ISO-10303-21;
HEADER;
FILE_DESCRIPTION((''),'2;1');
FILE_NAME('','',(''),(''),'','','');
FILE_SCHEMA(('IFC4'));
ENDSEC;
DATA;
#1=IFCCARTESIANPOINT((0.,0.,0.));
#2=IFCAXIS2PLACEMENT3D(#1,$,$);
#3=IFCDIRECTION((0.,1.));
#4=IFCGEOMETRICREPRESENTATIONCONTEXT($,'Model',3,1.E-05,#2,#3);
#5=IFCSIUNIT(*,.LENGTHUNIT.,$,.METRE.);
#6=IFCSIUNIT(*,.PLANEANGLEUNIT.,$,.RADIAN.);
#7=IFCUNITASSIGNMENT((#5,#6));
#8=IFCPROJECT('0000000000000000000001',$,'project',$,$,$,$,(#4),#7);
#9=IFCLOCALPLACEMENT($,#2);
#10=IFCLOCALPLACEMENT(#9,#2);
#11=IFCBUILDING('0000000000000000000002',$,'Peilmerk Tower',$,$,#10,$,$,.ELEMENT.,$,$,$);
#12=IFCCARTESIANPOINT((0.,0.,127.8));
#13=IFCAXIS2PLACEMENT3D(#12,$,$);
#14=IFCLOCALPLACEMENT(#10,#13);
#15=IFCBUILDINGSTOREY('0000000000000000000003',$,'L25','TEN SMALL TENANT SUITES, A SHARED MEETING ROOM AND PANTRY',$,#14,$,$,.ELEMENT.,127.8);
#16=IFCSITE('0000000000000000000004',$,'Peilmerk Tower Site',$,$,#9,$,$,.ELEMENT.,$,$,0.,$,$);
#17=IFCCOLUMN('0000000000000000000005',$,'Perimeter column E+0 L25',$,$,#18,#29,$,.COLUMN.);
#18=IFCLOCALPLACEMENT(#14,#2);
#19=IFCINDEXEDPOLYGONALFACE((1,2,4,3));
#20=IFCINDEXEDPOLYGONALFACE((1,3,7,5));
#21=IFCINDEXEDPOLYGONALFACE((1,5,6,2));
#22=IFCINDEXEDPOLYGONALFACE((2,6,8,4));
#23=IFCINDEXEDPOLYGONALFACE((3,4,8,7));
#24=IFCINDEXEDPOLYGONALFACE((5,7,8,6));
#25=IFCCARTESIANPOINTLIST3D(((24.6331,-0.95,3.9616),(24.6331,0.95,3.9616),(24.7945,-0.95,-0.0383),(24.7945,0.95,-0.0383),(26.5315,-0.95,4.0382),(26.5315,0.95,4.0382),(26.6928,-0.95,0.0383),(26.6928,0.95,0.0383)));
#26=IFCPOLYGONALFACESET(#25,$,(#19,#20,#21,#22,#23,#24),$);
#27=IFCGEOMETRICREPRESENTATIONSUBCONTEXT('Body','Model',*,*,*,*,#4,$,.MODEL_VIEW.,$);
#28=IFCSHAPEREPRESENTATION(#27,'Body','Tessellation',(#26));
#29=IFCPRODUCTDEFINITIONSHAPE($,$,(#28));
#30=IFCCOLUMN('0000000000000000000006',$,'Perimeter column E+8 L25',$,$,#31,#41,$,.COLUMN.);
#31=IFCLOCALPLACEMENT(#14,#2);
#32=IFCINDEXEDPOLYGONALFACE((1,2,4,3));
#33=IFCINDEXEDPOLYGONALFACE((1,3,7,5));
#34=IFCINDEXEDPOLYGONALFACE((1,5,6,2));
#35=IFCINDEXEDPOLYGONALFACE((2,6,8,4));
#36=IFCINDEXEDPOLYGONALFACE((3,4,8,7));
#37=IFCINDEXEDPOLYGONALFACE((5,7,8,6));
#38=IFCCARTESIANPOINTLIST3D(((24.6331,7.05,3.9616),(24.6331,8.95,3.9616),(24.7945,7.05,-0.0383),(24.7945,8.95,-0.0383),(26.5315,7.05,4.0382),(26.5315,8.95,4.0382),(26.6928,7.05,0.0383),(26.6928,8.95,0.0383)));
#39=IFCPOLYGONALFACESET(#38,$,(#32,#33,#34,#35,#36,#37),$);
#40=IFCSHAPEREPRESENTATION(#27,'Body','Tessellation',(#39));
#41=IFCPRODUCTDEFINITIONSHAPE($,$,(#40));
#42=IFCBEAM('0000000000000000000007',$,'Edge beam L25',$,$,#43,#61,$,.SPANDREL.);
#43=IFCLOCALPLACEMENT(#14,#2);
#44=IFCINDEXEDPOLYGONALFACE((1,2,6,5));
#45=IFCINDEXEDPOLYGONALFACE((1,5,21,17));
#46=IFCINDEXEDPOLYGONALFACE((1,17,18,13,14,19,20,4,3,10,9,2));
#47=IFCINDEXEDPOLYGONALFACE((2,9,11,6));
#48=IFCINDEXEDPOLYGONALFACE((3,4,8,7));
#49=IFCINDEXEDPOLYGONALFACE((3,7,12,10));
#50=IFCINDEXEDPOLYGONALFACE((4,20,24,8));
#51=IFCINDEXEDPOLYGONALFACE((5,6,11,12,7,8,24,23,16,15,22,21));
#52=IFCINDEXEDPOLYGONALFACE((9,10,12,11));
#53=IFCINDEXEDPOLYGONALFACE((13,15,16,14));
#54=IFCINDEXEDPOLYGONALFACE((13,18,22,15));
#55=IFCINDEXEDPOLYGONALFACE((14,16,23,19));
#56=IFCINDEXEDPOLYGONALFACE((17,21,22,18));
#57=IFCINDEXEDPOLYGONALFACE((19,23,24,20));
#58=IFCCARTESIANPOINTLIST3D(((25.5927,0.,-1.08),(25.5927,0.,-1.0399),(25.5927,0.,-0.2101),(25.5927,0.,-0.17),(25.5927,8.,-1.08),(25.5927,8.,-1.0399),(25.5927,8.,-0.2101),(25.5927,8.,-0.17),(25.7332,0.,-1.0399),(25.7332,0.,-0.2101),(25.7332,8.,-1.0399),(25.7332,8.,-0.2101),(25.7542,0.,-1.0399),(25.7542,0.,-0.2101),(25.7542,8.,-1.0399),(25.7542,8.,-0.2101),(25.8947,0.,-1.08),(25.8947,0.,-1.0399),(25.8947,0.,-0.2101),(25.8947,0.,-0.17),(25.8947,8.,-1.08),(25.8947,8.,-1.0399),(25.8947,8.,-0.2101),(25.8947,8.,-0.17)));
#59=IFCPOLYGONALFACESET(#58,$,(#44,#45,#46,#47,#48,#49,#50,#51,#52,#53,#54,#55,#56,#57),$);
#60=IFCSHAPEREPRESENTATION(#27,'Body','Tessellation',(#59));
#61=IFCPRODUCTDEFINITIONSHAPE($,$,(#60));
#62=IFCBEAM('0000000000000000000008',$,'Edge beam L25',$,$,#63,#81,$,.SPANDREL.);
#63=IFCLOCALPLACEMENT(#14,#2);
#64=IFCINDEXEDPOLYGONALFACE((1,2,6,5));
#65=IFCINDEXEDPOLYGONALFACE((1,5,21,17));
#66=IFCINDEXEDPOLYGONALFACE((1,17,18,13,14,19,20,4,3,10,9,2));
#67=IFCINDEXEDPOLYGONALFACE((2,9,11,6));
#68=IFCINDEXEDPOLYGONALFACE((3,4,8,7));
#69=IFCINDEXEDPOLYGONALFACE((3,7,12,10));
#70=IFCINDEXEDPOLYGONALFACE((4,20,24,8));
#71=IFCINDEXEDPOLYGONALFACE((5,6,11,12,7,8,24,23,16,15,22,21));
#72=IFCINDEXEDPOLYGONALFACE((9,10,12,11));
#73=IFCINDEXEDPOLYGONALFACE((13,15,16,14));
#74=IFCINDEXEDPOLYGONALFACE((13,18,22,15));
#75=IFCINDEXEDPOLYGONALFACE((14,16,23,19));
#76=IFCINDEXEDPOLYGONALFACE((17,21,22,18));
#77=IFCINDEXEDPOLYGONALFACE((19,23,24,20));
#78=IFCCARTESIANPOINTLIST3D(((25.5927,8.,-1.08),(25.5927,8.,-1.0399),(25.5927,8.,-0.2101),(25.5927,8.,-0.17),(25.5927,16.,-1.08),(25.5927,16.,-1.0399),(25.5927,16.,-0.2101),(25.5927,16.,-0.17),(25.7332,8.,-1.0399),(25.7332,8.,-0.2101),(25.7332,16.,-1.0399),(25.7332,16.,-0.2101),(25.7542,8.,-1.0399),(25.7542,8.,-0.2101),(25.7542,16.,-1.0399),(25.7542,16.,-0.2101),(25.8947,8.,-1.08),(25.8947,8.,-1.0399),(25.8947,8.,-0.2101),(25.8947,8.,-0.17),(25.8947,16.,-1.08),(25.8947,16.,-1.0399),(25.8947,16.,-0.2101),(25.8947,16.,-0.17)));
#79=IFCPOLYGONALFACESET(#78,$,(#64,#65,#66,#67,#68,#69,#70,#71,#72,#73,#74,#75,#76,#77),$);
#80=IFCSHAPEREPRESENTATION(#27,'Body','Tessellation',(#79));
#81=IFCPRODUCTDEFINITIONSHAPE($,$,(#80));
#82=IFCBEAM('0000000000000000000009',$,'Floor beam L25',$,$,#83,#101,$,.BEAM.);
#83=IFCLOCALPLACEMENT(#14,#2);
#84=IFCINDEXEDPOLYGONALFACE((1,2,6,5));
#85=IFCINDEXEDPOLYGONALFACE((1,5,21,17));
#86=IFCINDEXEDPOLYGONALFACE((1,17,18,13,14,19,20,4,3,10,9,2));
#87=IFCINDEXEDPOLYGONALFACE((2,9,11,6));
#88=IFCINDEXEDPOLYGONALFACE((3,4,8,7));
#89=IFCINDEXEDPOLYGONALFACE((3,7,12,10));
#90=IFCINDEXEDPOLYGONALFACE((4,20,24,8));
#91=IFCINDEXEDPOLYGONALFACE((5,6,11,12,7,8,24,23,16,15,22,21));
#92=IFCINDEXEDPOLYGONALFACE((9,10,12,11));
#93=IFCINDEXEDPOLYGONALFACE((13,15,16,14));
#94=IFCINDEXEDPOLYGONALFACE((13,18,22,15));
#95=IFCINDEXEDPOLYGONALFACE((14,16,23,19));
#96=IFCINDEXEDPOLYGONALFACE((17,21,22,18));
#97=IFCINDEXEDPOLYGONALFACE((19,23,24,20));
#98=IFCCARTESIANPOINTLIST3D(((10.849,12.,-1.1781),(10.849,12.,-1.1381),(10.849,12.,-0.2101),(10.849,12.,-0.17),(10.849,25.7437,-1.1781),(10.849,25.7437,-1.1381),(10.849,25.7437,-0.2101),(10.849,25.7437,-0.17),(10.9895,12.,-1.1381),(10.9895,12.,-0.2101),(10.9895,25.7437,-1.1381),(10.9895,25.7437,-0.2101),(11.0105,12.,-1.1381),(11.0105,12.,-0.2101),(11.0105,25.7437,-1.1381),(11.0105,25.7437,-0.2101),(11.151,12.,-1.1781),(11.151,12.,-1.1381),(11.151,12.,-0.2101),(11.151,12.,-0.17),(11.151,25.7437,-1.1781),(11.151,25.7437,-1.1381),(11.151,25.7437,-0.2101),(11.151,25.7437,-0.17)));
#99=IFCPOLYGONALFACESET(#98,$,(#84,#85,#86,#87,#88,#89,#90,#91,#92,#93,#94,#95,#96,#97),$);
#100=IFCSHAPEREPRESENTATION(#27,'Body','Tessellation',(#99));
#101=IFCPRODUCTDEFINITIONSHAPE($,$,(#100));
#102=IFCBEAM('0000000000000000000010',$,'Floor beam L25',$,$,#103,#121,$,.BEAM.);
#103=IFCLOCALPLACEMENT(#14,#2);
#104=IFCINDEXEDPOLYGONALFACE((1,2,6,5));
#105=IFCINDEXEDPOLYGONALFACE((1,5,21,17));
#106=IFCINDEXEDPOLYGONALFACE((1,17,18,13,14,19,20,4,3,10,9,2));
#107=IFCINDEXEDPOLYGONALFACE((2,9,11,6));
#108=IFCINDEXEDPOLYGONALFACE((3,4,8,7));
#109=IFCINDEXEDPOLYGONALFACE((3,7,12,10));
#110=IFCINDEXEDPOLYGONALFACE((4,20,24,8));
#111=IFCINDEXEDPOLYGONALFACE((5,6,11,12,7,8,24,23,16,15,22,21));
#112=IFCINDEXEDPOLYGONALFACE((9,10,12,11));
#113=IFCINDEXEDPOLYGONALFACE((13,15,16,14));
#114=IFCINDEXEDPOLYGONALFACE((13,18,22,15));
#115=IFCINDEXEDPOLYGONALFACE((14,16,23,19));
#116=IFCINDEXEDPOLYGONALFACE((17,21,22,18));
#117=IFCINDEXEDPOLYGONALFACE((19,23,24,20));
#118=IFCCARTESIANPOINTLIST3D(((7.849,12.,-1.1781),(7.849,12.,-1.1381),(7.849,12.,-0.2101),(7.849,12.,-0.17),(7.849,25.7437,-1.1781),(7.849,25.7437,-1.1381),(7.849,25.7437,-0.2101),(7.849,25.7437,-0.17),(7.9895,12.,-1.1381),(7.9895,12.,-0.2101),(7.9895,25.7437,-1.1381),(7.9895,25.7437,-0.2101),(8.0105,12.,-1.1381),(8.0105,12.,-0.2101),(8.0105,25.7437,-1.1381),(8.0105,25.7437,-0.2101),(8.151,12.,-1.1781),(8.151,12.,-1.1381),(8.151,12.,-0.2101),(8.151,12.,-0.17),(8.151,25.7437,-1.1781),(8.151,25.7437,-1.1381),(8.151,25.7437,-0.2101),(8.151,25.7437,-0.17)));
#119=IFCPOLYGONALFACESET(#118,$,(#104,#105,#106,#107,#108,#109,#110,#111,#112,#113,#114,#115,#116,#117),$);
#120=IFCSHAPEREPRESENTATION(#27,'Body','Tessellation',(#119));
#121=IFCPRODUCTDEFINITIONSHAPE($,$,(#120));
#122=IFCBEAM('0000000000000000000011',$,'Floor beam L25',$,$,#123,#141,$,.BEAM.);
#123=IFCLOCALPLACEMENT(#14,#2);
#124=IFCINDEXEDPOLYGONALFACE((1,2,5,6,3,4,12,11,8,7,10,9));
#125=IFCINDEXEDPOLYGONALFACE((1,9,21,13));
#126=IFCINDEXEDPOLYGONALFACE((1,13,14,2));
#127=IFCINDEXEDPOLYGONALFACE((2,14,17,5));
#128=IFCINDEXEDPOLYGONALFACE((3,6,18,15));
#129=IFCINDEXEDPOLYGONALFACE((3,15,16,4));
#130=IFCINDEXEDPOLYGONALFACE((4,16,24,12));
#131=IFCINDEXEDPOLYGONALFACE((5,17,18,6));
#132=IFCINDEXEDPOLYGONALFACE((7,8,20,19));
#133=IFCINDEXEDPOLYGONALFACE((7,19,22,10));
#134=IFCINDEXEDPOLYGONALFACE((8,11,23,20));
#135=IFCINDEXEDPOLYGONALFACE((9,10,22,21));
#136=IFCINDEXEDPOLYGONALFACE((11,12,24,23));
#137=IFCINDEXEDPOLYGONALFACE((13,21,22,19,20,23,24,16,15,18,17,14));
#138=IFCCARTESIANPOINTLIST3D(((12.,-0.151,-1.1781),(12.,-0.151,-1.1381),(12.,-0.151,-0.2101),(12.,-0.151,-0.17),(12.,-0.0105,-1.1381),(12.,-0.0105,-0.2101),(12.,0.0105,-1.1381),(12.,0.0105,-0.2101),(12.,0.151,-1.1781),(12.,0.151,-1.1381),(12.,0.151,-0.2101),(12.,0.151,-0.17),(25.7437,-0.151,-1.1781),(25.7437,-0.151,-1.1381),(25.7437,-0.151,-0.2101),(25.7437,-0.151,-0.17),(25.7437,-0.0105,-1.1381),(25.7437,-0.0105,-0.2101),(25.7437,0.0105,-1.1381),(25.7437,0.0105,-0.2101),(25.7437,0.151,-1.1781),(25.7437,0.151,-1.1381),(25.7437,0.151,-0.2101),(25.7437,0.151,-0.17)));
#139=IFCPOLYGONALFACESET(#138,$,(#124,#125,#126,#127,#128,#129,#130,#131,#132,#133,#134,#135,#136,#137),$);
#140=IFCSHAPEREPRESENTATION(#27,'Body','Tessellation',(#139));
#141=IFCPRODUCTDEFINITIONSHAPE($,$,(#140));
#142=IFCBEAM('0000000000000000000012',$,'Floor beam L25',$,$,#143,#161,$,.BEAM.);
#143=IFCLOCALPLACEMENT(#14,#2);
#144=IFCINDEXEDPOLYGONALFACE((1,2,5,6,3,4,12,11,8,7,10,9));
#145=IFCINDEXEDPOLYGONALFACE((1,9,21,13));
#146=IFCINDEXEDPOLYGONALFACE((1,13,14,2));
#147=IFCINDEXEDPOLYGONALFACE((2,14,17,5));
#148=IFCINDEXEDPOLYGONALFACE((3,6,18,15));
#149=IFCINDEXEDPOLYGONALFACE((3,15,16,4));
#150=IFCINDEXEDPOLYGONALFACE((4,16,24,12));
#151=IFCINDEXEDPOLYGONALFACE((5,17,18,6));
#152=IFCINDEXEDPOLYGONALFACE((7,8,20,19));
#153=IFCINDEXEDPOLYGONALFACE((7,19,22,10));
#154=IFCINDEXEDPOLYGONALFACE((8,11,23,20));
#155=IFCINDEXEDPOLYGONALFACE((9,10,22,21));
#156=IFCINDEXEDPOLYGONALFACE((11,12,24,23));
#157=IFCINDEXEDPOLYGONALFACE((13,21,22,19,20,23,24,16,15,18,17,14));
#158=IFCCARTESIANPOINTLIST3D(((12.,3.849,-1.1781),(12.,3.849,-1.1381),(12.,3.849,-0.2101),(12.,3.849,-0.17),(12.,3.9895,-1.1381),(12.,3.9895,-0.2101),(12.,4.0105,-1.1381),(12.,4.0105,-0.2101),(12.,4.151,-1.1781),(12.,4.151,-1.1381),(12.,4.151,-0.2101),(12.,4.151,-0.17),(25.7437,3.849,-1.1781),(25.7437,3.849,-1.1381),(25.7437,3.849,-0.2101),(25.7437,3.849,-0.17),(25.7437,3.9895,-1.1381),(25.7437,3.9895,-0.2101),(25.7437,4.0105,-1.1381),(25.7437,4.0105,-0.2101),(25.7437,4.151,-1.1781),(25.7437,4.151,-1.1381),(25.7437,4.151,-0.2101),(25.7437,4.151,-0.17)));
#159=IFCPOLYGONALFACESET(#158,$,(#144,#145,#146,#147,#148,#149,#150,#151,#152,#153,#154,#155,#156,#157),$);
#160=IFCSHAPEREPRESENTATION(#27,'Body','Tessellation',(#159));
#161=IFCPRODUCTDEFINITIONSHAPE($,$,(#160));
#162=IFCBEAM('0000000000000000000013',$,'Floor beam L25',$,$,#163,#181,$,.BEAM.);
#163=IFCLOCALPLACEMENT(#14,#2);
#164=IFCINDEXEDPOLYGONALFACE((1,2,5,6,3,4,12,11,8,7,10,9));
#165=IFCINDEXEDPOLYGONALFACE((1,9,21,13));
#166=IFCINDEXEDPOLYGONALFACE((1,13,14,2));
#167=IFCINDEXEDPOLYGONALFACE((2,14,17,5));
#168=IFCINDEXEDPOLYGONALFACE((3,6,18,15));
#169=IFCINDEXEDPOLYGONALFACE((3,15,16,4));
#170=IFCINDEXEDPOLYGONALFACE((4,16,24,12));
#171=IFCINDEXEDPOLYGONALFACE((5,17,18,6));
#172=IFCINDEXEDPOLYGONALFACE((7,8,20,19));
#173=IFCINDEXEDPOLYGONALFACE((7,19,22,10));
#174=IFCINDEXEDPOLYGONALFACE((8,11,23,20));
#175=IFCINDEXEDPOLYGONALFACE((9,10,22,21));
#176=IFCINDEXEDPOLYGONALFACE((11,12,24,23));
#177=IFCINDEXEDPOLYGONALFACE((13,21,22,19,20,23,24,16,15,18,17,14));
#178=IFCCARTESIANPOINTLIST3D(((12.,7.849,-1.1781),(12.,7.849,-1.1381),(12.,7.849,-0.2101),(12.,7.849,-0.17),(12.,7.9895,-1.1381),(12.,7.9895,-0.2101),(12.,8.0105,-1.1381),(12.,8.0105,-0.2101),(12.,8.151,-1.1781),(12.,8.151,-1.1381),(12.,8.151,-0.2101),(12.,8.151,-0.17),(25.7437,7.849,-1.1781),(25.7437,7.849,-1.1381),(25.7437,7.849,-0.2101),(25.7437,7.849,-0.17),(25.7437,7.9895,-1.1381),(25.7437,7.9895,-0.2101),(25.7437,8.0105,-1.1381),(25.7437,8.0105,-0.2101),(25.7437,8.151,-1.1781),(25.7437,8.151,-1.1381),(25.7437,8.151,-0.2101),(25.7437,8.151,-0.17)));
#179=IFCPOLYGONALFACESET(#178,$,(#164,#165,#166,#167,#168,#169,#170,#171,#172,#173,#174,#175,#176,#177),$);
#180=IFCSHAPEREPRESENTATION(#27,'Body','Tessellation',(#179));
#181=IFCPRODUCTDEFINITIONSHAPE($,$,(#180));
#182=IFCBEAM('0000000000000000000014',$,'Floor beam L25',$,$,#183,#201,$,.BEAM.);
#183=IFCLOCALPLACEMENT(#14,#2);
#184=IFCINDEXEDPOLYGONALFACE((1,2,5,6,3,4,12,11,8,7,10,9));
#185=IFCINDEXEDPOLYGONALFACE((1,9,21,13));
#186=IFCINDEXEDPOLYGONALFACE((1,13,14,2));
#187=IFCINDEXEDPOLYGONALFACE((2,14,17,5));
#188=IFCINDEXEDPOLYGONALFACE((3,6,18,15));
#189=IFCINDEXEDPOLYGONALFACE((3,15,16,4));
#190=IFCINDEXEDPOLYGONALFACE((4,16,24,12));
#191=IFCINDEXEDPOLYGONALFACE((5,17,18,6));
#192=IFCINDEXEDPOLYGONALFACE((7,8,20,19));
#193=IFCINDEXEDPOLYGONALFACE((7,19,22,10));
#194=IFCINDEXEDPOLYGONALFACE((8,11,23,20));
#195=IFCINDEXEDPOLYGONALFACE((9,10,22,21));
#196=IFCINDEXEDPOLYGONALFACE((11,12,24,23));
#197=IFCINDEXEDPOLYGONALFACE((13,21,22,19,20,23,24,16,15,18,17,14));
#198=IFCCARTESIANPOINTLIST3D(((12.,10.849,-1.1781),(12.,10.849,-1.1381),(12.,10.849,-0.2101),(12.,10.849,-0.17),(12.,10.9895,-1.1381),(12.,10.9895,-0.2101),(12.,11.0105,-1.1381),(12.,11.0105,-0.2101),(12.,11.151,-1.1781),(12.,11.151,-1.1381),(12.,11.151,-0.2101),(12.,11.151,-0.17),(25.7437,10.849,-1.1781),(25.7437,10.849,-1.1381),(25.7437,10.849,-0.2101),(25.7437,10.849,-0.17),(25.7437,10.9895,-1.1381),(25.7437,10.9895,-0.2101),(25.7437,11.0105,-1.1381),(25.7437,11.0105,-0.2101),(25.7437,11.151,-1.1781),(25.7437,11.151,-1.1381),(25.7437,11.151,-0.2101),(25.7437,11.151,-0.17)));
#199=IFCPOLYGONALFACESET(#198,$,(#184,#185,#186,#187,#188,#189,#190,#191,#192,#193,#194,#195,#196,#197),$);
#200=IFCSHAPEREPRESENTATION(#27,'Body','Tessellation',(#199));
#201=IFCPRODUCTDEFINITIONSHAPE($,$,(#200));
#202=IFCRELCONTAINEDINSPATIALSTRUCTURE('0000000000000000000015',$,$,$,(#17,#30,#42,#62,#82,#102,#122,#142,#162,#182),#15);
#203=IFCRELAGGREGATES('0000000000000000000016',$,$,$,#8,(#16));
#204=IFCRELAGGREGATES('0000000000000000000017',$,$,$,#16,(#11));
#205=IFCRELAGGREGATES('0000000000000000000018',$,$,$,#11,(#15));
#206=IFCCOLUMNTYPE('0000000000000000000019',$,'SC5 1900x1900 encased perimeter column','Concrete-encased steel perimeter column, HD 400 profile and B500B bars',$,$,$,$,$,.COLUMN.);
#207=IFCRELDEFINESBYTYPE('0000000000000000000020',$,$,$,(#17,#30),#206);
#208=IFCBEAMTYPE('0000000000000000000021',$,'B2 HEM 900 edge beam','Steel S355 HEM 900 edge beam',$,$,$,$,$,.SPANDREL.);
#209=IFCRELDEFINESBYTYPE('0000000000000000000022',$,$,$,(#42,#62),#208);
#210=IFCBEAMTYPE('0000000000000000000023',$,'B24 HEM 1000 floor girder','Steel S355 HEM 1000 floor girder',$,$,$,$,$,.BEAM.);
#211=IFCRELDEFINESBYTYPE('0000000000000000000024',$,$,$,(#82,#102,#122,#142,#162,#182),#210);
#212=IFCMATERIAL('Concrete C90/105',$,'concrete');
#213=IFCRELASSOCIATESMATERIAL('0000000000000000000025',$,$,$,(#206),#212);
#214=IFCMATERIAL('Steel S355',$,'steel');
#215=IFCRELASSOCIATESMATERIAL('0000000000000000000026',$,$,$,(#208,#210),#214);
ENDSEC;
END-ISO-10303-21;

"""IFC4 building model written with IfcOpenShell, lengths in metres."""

from ifc_helpers import new_model, si_unit, direction, frame, origin, origin_2d, place, context, subcontext, project, spatial, rectangle, i_section, extrude, material, material_profile, profile_set, type_object, element, save


model = new_model("IFC4")

# Units and contexts
model_context = context("Model", 3, precision=1e-05, world=origin(), true_north=direction((0.0, 1.0)))
body_context = subcontext(model_context, "Body", "Model", "MODEL_VIEW")
ifc_project = project(units=[si_unit("LENGTHUNIT", "METRE"), si_unit("PLANEANGLEUNIT", "RADIAN")], contexts=[model_context])

# Site, building, storey
site_placement = place(None, origin())
site = spatial("IfcSite", under=ifc_project, at=site_placement, Name="Peilmerk Tower Site", CompositionType="ELEMENT", RefElevation=0.0)
building_placement = place(site_placement, origin())
building = spatial("IfcBuilding", under=site, at=building_placement, Name="Peilmerk Tower", CompositionType="ELEMENT")
storey_placement = place(building_placement, frame((0.0, 0.0, 127.8)))
storey = spatial("IfcBuildingStorey", under=building, at=storey_placement, Name="L25", Description="TEN SMALL TENANT SUITES, A SHARED MEETING ROOM AND PANTRY", CompositionType="ELEMENT", Elevation=127.8)

# Columns
ifc_material_1 = material(Name="Concrete C90/105", Category="concrete")
ifc_material_profile_1 = material_profile(ifc_material_1, rectangle(XDim=1.8999, YDim=1.8999, at=origin_2d()), Name="RC 1900x1900")
ifc_profile_set_1 = profile_set([ifc_material_profile_1], Name="Concrete C90/105")
column_type = type_object("IfcColumnType", Name="SC5 1900x1900 encased perimeter column", Description="Concrete-encased steel perimeter column, HD 400 profile and B500B bars", PredefinedType="COLUMN", material=ifc_profile_set_1)
for number, where, z_axis, x_axis, name in (
    (1, (25.7437, 0.0, 0.0), (-0.040311, 0.0, 0.999187), (0.0, -1.0, 0.0), "Perimeter column E+0 L25"),
    (2, (25.7437, 8.0, 0.0), (-0.040311, 0.0, 0.999187), (0.0, -1.0, 0.0), "Perimeter column E+8 L25"),
):
    element("IfcColumn", number, at=place(storey_placement, frame(where, z_axis=z_axis, x_axis=x_axis)), inside=storey, type_object=column_type, Name=name, PredefinedType="COLUMN", context=body_context, shape_type="SweptSolid", body=[
        extrude(rectangle(XDim=1.8999, YDim=1.8999, at=origin_2d()), origin(), (0.0, 0.0, 1.0), 4.0032),
    ])

# Beams
ifc_material_2 = material(Name="Steel S355", Category="steel")
ifc_material_profile_2 = material_profile(ifc_material_2, i_section(OverallWidth=0.302, OverallDepth=0.9099, WebThickness=0.021, FlangeThickness=0.04, at=origin_2d()), Name="HEM 900")
ifc_profile_set_2 = profile_set([ifc_material_profile_2], Name="Steel S355")
beam_type_1 = type_object("IfcBeamType", Name="B2 HEM 900 edge beam", Description="Steel S355 HEM 900 edge beam", PredefinedType="SPANDREL", material=ifc_profile_set_2)
for number, where, z_axis, x_axis, name in (
    (3, (25.7437, 0.0, -0.625), (0.0, 1.0, 0.0), (-1.0, 0.0, 0.0), "Edge beam L25"),
    (4, (25.7437, 8.0, -0.625), (0.0, 1.0, 0.0), (-1.0, 0.0, 0.0), "Edge beam L25"),
):
    element("IfcBeam", number, at=place(storey_placement, frame(where, z_axis=z_axis, x_axis=x_axis)), inside=storey, type_object=beam_type_1, Name=name, PredefinedType="SPANDREL", context=body_context, shape_type="SweptSolid", body=[
        extrude(i_section(OverallWidth=0.302, OverallDepth=0.9099, WebThickness=0.021, FlangeThickness=0.04, at=origin_2d()), origin(), (0.0, 0.0, 1.0), 8.0),
    ])
ifc_material_profile_3 = material_profile(ifc_material_2, i_section(OverallWidth=0.302, OverallDepth=1.0081, WebThickness=0.021, FlangeThickness=0.04, at=origin_2d()), Name="HEM 1000")
ifc_profile_set_3 = profile_set([ifc_material_profile_3], Name="Steel S355")
beam_type_2 = type_object("IfcBeamType", Name="B24 HEM 1000 floor girder", Description="Steel S355 HEM 1000 floor girder", PredefinedType="BEAM", material=ifc_profile_set_3)
for number, where, z_axis, x_axis, name in (
    (5, (11.0, 12.0, -0.6741), (0.0, 1.0, 0.0), (-1.0, 0.0, 0.0), "Floor beam L25"),
    (6, (8.0, 12.0, -0.6741), (0.0, 1.0, 0.0), (-1.0, 0.0, 0.0), "Floor beam L25"),
    (7, (12.0, 0.0, -0.6741), (1.0, 0.0, 0.0), (0.0, 1.0, 0.0), "Floor beam L25"),
    (8, (12.0, 4.0, -0.6741), (1.0, 0.0, 0.0), (0.0, 1.0, 0.0), "Floor beam L25"),
    (9, (12.0, 8.0, -0.6741), (1.0, 0.0, 0.0), (0.0, 1.0, 0.0), "Floor beam L25"),
    (10, (12.0, 11.0, -0.6741), (1.0, 0.0, 0.0), (0.0, 1.0, 0.0), "Floor beam L25"),
):
    element("IfcBeam", number, at=place(storey_placement, frame(where, z_axis=z_axis, x_axis=x_axis)), inside=storey, type_object=beam_type_2, Name=name, PredefinedType="BEAM", context=body_context, shape_type="SweptSolid", body=[
        extrude(i_section(OverallWidth=0.302, OverallDepth=1.0081, WebThickness=0.021, FlangeThickness=0.04, at=origin_2d()), origin(), (0.0, 0.0, 1.0), 13.7437),
    ])

save(model, "model.ifc")
